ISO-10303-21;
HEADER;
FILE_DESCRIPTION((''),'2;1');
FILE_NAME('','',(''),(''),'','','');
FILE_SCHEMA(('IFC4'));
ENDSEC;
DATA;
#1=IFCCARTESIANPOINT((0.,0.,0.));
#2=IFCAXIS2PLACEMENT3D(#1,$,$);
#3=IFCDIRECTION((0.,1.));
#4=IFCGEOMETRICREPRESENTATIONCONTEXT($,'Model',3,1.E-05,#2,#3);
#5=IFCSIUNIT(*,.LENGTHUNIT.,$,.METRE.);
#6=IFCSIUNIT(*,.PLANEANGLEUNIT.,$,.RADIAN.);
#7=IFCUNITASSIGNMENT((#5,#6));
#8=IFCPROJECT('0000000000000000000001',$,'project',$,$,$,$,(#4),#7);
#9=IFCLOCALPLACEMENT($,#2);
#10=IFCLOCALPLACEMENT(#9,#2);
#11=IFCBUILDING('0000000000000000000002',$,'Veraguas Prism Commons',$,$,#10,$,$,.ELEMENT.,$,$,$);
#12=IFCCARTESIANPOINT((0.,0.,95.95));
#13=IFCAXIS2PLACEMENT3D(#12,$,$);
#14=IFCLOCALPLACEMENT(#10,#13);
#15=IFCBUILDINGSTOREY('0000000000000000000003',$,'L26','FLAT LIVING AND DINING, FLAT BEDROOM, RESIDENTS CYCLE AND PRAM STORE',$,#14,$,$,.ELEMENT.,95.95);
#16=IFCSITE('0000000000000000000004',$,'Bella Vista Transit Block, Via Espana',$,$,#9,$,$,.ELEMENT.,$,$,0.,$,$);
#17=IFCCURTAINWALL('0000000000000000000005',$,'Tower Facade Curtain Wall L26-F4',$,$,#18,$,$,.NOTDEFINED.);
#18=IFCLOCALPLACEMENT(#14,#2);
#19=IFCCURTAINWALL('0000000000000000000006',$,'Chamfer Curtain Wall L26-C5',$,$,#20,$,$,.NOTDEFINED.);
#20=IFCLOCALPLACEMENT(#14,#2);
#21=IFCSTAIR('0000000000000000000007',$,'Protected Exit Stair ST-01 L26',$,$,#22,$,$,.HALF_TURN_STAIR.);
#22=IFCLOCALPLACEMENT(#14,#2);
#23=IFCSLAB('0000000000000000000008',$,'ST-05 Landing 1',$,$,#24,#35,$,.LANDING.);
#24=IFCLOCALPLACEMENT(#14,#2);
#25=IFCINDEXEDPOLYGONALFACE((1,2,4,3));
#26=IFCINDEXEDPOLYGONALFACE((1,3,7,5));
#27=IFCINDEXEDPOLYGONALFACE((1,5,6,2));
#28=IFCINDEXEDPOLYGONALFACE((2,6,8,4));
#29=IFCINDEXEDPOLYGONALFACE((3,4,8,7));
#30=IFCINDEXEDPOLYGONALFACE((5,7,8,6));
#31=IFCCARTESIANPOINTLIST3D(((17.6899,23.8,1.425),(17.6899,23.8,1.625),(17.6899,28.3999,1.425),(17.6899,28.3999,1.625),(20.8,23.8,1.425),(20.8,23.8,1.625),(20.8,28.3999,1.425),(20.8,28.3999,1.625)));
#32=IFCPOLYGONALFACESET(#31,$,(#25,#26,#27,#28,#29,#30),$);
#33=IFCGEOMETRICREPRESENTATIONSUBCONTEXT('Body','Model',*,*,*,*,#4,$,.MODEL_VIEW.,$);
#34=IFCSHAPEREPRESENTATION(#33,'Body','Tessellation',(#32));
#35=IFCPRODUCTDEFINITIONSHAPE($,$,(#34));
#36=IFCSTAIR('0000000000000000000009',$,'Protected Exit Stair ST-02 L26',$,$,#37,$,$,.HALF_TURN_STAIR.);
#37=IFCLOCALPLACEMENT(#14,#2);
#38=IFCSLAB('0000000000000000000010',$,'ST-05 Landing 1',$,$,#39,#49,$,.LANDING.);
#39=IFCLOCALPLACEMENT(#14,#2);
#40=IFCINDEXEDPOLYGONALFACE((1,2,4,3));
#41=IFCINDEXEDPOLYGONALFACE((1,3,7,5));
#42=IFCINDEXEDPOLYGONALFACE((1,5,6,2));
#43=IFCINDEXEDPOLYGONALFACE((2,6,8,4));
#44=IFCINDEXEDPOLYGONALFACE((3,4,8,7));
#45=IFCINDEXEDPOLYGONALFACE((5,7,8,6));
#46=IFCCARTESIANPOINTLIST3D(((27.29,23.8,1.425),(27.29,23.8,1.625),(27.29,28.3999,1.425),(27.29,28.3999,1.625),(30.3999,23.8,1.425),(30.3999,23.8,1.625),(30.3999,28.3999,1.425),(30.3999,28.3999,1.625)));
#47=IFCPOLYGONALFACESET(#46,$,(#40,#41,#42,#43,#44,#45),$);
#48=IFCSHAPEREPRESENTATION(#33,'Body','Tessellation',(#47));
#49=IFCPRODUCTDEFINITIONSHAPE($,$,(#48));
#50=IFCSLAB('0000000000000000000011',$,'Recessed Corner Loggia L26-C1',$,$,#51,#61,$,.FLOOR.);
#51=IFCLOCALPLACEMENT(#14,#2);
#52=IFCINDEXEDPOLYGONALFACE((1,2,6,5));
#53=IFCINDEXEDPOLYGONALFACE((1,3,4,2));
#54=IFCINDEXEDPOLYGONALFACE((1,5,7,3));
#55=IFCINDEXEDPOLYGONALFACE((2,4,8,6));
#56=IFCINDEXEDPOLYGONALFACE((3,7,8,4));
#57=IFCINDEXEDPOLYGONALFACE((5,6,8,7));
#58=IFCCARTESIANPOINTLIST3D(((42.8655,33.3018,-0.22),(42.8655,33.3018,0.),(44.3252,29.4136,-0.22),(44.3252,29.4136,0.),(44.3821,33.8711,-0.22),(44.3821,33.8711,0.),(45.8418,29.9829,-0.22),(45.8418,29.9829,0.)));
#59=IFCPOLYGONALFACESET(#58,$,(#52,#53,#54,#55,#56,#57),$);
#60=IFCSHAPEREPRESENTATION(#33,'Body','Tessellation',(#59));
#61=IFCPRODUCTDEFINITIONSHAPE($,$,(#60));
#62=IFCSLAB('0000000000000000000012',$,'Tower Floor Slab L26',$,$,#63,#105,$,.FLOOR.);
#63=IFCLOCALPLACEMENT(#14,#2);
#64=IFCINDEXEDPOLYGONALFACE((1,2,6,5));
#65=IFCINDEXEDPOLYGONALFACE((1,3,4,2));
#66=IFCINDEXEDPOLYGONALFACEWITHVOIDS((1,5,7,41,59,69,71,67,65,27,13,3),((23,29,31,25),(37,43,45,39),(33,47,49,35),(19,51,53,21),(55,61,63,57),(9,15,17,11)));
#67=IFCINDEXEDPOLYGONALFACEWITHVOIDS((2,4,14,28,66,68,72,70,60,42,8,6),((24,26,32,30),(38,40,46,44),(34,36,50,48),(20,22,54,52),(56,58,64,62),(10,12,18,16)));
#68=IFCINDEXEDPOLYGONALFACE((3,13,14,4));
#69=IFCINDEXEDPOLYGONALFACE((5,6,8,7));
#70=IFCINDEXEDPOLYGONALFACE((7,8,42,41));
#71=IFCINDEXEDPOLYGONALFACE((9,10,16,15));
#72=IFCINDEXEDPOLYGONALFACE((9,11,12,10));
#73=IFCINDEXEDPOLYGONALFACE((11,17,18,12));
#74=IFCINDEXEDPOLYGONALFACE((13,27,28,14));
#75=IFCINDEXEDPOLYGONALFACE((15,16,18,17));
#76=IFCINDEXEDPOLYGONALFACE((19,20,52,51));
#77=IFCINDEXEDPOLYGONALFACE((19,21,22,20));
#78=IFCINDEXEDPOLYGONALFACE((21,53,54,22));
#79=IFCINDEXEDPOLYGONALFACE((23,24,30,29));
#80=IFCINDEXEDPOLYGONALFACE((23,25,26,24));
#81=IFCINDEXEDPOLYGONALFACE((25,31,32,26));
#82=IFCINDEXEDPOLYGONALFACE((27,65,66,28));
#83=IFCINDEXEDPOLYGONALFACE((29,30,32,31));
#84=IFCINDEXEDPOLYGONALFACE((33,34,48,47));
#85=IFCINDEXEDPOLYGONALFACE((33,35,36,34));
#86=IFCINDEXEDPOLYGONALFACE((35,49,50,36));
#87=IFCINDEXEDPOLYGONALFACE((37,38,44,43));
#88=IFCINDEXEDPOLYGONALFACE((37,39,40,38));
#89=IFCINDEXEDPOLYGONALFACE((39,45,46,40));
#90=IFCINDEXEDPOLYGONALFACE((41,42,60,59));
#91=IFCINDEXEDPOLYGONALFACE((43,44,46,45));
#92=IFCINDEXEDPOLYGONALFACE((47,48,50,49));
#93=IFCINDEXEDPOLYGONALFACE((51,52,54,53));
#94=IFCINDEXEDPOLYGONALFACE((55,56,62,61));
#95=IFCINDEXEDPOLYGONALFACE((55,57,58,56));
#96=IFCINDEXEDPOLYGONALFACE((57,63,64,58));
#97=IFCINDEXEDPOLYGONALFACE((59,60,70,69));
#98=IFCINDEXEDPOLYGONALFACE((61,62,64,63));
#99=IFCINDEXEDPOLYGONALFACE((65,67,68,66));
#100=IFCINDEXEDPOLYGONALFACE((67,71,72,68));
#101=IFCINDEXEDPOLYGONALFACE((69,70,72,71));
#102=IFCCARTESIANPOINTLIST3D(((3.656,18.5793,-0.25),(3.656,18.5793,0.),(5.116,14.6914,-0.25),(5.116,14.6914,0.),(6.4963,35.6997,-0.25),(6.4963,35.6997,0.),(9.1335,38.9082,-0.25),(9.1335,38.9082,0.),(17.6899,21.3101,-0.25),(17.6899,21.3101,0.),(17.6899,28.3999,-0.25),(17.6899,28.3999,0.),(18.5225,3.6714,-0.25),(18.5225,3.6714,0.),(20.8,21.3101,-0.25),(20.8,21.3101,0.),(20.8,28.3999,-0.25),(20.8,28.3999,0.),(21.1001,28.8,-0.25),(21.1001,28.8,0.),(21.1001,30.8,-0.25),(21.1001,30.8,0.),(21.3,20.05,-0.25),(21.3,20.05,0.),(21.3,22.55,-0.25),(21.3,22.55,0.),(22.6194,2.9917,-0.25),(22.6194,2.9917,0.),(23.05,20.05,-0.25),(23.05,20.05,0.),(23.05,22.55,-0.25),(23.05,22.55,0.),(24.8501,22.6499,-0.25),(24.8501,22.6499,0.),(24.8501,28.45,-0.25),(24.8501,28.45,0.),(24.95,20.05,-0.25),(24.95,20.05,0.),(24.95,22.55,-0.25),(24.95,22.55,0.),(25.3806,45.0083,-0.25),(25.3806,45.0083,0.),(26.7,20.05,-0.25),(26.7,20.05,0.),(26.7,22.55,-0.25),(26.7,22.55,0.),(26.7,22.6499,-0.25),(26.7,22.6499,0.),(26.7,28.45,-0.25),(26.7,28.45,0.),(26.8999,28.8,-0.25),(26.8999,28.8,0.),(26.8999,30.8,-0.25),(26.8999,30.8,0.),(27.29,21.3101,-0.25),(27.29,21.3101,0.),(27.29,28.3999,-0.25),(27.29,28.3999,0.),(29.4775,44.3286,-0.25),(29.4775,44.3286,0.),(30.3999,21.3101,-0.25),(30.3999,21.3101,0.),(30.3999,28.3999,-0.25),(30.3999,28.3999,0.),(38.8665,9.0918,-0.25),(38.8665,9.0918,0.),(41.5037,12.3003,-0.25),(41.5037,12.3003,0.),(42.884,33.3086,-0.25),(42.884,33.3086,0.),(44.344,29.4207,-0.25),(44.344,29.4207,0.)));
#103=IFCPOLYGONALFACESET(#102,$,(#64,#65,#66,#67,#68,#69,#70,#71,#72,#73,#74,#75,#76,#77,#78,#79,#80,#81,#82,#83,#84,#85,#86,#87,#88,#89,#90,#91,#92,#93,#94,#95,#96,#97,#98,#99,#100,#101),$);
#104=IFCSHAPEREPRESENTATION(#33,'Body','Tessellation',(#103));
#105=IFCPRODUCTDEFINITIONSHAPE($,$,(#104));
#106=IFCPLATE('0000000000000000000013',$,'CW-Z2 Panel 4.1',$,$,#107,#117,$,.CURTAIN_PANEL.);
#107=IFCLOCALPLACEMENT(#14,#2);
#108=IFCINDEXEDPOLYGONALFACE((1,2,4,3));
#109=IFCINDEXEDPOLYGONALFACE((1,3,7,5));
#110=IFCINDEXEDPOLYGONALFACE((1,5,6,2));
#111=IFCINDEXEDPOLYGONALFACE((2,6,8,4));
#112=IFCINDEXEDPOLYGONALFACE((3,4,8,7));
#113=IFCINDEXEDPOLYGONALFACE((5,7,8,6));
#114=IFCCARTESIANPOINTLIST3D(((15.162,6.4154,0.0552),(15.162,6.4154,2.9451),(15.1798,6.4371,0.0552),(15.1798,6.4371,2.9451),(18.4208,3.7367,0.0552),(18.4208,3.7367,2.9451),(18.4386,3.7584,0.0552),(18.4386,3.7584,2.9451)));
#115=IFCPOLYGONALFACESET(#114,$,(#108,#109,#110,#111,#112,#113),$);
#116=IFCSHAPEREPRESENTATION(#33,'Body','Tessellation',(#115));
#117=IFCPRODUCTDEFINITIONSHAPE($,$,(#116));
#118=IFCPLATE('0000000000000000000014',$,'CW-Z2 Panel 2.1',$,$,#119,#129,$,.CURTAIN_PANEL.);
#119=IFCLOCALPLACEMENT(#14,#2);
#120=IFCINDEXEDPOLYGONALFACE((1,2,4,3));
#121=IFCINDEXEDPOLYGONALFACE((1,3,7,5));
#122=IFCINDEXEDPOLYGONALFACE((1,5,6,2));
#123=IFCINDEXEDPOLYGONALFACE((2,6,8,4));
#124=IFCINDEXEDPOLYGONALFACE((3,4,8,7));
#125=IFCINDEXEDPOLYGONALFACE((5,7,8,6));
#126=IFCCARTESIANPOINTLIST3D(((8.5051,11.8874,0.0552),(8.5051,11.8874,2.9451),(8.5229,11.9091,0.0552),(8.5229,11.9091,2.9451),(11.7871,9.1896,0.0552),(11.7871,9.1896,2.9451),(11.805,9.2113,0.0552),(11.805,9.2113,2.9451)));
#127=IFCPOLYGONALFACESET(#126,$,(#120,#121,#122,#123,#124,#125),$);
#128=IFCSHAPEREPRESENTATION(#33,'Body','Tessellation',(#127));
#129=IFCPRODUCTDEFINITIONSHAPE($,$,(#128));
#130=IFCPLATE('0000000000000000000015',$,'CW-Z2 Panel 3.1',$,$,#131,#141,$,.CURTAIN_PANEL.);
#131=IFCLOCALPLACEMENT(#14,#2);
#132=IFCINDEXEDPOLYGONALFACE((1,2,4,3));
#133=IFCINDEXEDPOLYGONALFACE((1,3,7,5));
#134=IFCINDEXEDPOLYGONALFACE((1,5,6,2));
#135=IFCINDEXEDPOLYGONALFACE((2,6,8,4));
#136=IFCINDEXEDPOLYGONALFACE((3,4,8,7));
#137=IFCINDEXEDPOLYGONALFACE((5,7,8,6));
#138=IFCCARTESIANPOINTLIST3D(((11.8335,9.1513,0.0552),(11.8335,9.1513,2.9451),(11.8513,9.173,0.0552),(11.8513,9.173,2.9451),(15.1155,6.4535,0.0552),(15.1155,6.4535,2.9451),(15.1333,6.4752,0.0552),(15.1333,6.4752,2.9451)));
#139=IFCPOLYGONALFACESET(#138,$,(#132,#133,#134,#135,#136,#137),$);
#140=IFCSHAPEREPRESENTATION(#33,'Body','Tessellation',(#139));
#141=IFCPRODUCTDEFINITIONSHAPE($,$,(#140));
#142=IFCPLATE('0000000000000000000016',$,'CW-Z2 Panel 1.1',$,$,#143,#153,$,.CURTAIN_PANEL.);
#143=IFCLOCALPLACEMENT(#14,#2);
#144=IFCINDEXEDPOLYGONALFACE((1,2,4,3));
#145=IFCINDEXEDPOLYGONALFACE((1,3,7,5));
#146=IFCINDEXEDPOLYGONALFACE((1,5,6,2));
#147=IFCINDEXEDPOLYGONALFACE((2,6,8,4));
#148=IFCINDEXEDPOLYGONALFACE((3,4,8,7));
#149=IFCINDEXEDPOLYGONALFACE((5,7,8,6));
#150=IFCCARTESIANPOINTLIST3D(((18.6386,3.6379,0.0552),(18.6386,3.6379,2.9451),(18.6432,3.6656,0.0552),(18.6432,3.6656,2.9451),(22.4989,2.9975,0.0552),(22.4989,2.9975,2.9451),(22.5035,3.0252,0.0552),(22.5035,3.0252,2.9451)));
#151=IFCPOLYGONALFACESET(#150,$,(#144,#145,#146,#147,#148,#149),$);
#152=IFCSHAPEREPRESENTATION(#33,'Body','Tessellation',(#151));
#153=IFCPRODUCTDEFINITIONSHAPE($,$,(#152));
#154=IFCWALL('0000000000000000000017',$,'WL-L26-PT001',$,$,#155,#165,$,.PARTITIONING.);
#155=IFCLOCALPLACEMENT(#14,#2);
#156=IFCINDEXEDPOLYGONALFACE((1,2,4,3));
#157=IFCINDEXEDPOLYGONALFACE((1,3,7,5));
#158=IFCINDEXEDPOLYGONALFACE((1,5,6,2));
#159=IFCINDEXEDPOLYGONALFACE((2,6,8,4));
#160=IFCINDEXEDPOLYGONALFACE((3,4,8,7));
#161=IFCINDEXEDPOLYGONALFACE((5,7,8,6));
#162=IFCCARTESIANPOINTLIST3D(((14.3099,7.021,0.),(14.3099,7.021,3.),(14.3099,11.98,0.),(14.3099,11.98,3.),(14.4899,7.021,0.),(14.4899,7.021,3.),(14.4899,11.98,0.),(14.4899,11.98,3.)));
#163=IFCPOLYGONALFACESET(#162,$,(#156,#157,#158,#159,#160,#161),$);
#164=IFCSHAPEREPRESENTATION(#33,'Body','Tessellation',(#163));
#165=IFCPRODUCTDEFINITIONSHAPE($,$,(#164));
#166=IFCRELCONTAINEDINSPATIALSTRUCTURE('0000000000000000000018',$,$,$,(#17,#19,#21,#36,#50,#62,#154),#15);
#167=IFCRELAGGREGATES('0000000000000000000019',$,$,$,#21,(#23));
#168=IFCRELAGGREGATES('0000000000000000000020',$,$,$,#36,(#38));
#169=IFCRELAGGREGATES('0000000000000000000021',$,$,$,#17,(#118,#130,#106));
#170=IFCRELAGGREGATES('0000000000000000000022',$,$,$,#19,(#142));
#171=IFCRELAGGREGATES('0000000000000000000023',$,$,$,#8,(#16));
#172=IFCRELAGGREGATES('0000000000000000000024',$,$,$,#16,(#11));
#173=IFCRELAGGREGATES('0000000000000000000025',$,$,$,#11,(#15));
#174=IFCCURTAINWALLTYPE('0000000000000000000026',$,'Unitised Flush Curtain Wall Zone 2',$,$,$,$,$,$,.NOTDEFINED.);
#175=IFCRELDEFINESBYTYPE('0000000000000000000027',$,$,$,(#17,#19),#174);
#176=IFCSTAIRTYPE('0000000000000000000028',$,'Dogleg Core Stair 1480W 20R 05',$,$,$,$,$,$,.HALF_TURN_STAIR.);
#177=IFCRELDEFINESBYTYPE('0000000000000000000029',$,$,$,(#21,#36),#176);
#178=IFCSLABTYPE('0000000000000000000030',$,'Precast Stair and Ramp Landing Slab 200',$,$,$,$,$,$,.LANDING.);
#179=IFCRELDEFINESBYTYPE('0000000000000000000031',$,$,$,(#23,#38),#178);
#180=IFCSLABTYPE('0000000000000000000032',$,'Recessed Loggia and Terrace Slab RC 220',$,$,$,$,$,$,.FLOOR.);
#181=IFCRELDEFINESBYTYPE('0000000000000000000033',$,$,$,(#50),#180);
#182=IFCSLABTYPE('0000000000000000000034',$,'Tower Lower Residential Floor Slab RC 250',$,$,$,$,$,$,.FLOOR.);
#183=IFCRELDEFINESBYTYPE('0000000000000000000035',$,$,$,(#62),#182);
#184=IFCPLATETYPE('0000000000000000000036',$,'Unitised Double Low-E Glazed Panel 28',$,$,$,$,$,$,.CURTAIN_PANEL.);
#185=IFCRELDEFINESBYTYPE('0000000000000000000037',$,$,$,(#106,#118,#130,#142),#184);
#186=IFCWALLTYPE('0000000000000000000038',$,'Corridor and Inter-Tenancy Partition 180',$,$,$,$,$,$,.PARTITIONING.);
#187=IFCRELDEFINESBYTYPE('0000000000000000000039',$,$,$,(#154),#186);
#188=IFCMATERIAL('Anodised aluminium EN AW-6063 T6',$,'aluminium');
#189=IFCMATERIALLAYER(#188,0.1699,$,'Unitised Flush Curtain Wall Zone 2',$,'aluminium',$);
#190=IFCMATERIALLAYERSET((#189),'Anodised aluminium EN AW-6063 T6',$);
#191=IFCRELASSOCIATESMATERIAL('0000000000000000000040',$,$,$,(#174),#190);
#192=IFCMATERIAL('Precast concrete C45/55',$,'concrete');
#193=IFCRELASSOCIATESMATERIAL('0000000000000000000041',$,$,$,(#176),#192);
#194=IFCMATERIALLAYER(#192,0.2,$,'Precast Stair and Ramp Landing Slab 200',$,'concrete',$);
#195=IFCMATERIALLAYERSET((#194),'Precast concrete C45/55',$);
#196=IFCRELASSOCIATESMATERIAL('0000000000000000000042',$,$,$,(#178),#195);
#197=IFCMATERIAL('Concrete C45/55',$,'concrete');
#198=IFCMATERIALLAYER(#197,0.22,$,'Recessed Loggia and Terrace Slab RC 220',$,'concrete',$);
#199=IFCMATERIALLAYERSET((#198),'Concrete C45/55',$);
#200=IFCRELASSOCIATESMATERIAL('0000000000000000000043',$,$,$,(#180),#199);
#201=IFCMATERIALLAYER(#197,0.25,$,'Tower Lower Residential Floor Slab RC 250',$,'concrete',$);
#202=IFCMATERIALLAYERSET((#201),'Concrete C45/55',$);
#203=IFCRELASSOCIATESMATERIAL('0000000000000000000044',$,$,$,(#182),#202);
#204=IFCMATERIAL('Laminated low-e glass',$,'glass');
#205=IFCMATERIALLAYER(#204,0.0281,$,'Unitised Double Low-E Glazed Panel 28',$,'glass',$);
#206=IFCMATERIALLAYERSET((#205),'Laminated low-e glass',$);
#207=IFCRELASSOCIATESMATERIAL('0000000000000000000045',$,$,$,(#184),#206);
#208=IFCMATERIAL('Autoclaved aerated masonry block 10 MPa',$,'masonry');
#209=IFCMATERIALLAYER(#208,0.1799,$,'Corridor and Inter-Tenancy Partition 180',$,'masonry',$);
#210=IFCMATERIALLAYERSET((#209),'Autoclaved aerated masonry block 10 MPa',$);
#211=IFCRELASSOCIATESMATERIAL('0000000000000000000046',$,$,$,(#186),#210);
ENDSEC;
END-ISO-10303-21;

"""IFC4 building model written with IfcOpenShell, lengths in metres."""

from ifc_helpers import new_model, si_unit, direction, frame, frame_2d, origin, origin_2d, place, context, subcontext, project, spatial, polyline, rectangle, outline, extrude, source, transform, mapped, material, layer, layer_set, type_object, element, aggregate, save


model = new_model("IFC4")

# Units and contexts
model_context = context("Model", 3, precision=1e-05, world=origin(), true_north=direction((0.0, 1.0)))
body_context = subcontext(model_context, "Body", "Model", "MODEL_VIEW")
ifc_project = project(units=[si_unit("LENGTHUNIT", "METRE"), si_unit("PLANEANGLEUNIT", "RADIAN")], contexts=[model_context])

# Site, building, storey
site_placement = place(None, origin())
site = spatial("IfcSite", under=ifc_project, at=site_placement, Name="Bella Vista Transit Block, Via Espana", CompositionType="ELEMENT", RefElevation=0.0)
building_placement = place(site_placement, origin())
building = spatial("IfcBuilding", under=site, at=building_placement, Name="Veraguas Prism Commons", CompositionType="ELEMENT")
storey_placement = place(building_placement, frame((0.0, 0.0, 95.95)))
storey = spatial("IfcBuildingStorey", under=building, at=storey_placement, Name="L26", Description="FLAT LIVING AND DINING, FLAT BEDROOM, RESIDENTS CYCLE AND PRAM STORE", CompositionType="ELEMENT", Elevation=95.95)

# Curtain walls
ifc_material_1 = material(Name="Anodised aluminium EN AW-6063 T6", Category="aluminium")
ifc_layer_1 = layer(ifc_material_1, 0.1699, Name="Unitised Flush Curtain Wall Zone 2", Category="aluminium")
ifc_layer_set_1 = layer_set([ifc_layer_1], Name="Anodised aluminium EN AW-6063 T6")
curtain_wall_type = type_object("IfcCurtainWallType", Name="Unitised Flush Curtain Wall Zone 2", PredefinedType="NOTDEFINED", material=ifc_layer_set_1)
curtain_wall_1_placement = place(storey_placement, origin())
curtain_wall_1 = element("IfcCurtainWall", 1, at=curtain_wall_1_placement, inside=storey, type_object=curtain_wall_type, Name="Tower Facade Curtain Wall L26-F4", PredefinedType="NOTDEFINED")
curtain_wall_2_placement = place(storey_placement, origin())
curtain_wall_2 = element("IfcCurtainWall", 2, at=curtain_wall_2_placement, inside=storey, type_object=curtain_wall_type, Name="Chamfer Curtain Wall L26-C5", PredefinedType="NOTDEFINED")

# Stairs, slabs
ifc_material_2 = material(Name="Precast concrete C45/55", Category="concrete")
stair_type = type_object("IfcStairType", Name="Dogleg Core Stair 1480W 20R 05", PredefinedType="HALF_TURN_STAIR", material=ifc_material_2)
stair_1_placement = place(storey_placement, origin())
stair_1 = element("IfcStair", 3, at=stair_1_placement, inside=storey, type_object=stair_type, Name="Protected Exit Stair ST-01 L26", PredefinedType="HALF_TURN_STAIR")
ifc_layer_2 = layer(ifc_material_2, 0.2, Name="Precast Stair and Ramp Landing Slab 200", Category="concrete")
ifc_layer_set_2 = layer_set([ifc_layer_2], Name="Precast concrete C45/55")
slab_type_1 = type_object("IfcSlabType", Name="Precast Stair and Ramp Landing Slab 200", PredefinedType="LANDING", material=ifc_layer_set_2)
slab_1_placement = place(storey_placement, frame((0.0, 0.0, 1.425)))
slab_1 = element("IfcSlab", 4, at=slab_1_placement, type_object=slab_type_1, Name="ST-05 Landing 1", PredefinedType="LANDING", context=body_context, shape_type="SweptSolid", body=[
    extrude(outline(polyline([(20.8, 23.8), (20.8, 28.3999), (17.6899, 28.3999), (17.6899, 23.8), (20.8, 23.8)])), origin(), (0.0, 0.0, 1.0), 0.2),
])
aggregate(stair_1, [slab_1])
stair_2_placement = place(storey_placement, origin())
stair_2 = element("IfcStair", 5, at=stair_2_placement, inside=storey, type_object=stair_type, Name="Protected Exit Stair ST-02 L26", PredefinedType="HALF_TURN_STAIR")
slab_2_placement = place(storey_placement, frame((0.0, 0.0, 1.425)))
slab_2 = element("IfcSlab", 6, at=slab_2_placement, type_object=slab_type_1, Name="ST-05 Landing 1", PredefinedType="LANDING", context=body_context, shape_type="SweptSolid", body=[
    extrude(outline(polyline([(30.3999, 23.8), (30.3999, 28.3999), (27.29, 28.3999), (27.29, 23.8), (30.3999, 23.8)])), origin(), (0.0, 0.0, 1.0), 0.2),
])
aggregate(stair_2, [slab_2])

# Slabs
ifc_material_3 = material(Name="Concrete C45/55", Category="concrete")
ifc_layer_3 = layer(ifc_material_3, 0.22, Name="Recessed Loggia and Terrace Slab RC 220", Category="concrete")
ifc_layer_set_3 = layer_set([ifc_layer_3], Name="Concrete C45/55")
slab_type_2 = type_object("IfcSlabType", Name="Recessed Loggia and Terrace Slab RC 220", PredefinedType="FLOOR", material=ifc_layer_set_3)
slab_3_placement = place(storey_placement, frame((0.0, 0.0, -0.22)))
element("IfcSlab", 7, at=slab_3_placement, inside=storey, type_object=slab_type_2, Name="Recessed Corner Loggia L26-C1", PredefinedType="FLOOR", context=body_context, shape_type="SweptSolid", body=[
    extrude(outline(polyline([(44.3252, 29.4136), (45.8418, 29.9829), (44.3821, 33.8711), (42.8655, 33.3018), (44.3252, 29.4136)])), origin(), (0.0, 0.0, 1.0), 0.22),
])
ifc_layer_4 = layer(ifc_material_3, 0.25, Name="Tower Lower Residential Floor Slab RC 250", Category="concrete")
ifc_layer_set_4 = layer_set([ifc_layer_4], Name="Concrete C45/55")
slab_type_3 = type_object("IfcSlabType", Name="Tower Lower Residential Floor Slab RC 250", PredefinedType="FLOOR", material=ifc_layer_set_4)
slab_4_placement = place(storey_placement, frame((0.0, 0.0, -0.25)))
element("IfcSlab", 8, at=slab_4_placement, inside=storey, type_object=slab_type_3, Name="Tower Floor Slab L26", PredefinedType="FLOOR", context=body_context, shape_type="SweptSolid", body=[
    extrude(outline(polyline([(44.344, 29.4207), (42.884, 33.3086), (29.4775, 44.3286), (25.3806, 45.0083), (9.1335, 38.9082), (6.4963, 35.6997), (3.656, 18.5793), (5.116, 14.6914), (18.5225, 3.6714), (22.6194, 2.9917), (38.8665, 9.0918), (41.5037, 12.3003), (44.344, 29.4207)]), holes=[polyline([(20.8, 21.3101), (20.8, 28.3999), (17.6899, 28.3999), (17.6899, 21.3101), (20.8, 21.3101)]), polyline([(30.3999, 21.3101), (30.3999, 28.3999), (27.29, 28.3999), (27.29, 21.3101), (30.3999, 21.3101)]), polyline([(24.8501, 22.6499), (26.7, 22.6499), (26.7, 28.45), (24.8501, 28.45), (24.8501, 22.6499)]), polyline([(21.1001, 28.8), (26.8999, 28.8), (26.8999, 30.8), (21.1001, 30.8), (21.1001, 28.8)]), polyline([(21.3, 20.05), (23.05, 20.05), (23.05, 22.55), (21.3, 22.55), (21.3, 20.05)]), polyline([(24.95, 20.05), (26.7, 20.05), (26.7, 22.55), (24.95, 22.55), (24.95, 20.05)])]), origin(), (0.0, 0.0, 1.0), 0.25),
])

# Plates
ifc_material_4 = material(Name="Laminated low-e glass", Category="glass")
ifc_layer_5 = layer(ifc_material_4, 0.0281, Name="Unitised Double Low-E Glazed Panel 28", Category="glass")
ifc_layer_set_5 = layer_set([ifc_layer_5], Name="Laminated low-e glass")
plate_type = type_object("IfcPlateType", Name="Unitised Double Low-E Glazed Panel 28", PredefinedType="CURTAIN_PANEL", material=ifc_layer_set_5)
shared_shape_1 = source(origin(), body_context, "Body", "SweptSolid", [
    extrude(rectangle(XDim=4.2185, YDim=0.0281, at=origin_2d()), origin(), (0.0, 0.0, 1.0), 2.8899),
])
plate_1_placement = place(storey_placement, frame((16.8003, 5.0869, 0.0552), z_axis=(0.0, 0.0, 1.0), x_axis=(0.772512, -0.635, 0.0)))
plate_1 = element("IfcPlate", 9, at=plate_1_placement, type_object=plate_type, Name="CW-Z2 Panel 4.1", PredefinedType="CURTAIN_PANEL", context=body_context, shape_type="MappedRepresentation", body=[
    mapped(shared_shape_1, transform((0.0, 0.0, 0.0), scale=1.0)),
])
shared_shape_2 = source(origin(), body_context, "Body", "SweptSolid", [
    extrude(rectangle(XDim=4.2485, YDim=0.0281, at=origin_2d()), origin(), (0.0, 0.0, 1.0), 2.8899),
])
plate_2_placement = place(storey_placement, frame((10.155, 10.5493, 0.0552), z_axis=(0.0, 0.0, 1.0), x_axis=(0.772512, -0.635, 0.0)))
plate_2 = element("IfcPlate", 10, at=plate_2_placement, type_object=plate_type, Name="CW-Z2 Panel 2.1", PredefinedType="CURTAIN_PANEL", context=body_context, shape_type="MappedRepresentation", body=[
    mapped(shared_shape_2, transform((0.0, 0.0, 0.0), scale=1.0)),
])
plate_3_placement = place(storey_placement, frame((13.4834, 7.8132, 0.0552), z_axis=(0.0, 0.0, 1.0), x_axis=(0.772512, -0.635, 0.0)))
plate_3 = element("IfcPlate", 11, at=plate_3_placement, type_object=plate_type, Name="CW-Z2 Panel 3.1", PredefinedType="CURTAIN_PANEL", context=body_context, shape_type="MappedRepresentation", body=[
    mapped(shared_shape_2, transform((0.0, 0.0, 0.0), scale=1.0)),
])
aggregate(curtain_wall_1, [plate_2, plate_3, plate_1])
shared_shape_3 = source(origin(), body_context, "Body", "SweptSolid", [
    extrude(rectangle(XDim=3.9131, YDim=0.0281, at=origin_2d()), origin(), (0.0, 0.0, 1.0), 2.8899),
])
plate_4_placement = place(storey_placement, frame((20.571, 3.3315, 0.0552), z_axis=(0.0, 0.0, 1.0), x_axis=(0.986515, -0.16367, 0.0)))
plate_4 = element("IfcPlate", 12, at=plate_4_placement, type_object=plate_type, Name="CW-Z2 Panel 1.1", PredefinedType="CURTAIN_PANEL", context=body_context, shape_type="MappedRepresentation", body=[
    mapped(shared_shape_3, transform((0.0, 0.0, 0.0), scale=1.0)),
])
aggregate(curtain_wall_2, [plate_4])

# Wall
ifc_material_5 = material(Name="Autoclaved aerated masonry block 10 MPa", Category="masonry")
ifc_layer_6 = layer(ifc_material_5, 0.1799, Name="Corridor and Inter-Tenancy Partition 180", Category="masonry")
ifc_layer_set_6 = layer_set([ifc_layer_6], Name="Autoclaved aerated masonry block 10 MPa")
wall_type_1 = type_object("IfcWallType", Name="Corridor and Inter-Tenancy Partition 180", PredefinedType="PARTITIONING", material=ifc_layer_set_6)
wall_1_placement = place(storey_placement, frame((14.3999, 11.98, 0.0), z_axis=(0.0, 0.0, 1.0), x_axis=(0.0, -1.0, 0.0)))
element("IfcWall", 13, at=wall_1_placement, inside=storey, type_object=wall_type_1, Name="WL-L26-PT001", PredefinedType="PARTITIONING", context=body_context, shape_type="SweptSolid", body=[
    extrude(rectangle(XDim=4.959, YDim=0.1799, at=frame_2d((2.4795, 0.0))), origin(), (0.0, 0.0, 1.0), 3.0),
])

save(model, "model.ifc")
